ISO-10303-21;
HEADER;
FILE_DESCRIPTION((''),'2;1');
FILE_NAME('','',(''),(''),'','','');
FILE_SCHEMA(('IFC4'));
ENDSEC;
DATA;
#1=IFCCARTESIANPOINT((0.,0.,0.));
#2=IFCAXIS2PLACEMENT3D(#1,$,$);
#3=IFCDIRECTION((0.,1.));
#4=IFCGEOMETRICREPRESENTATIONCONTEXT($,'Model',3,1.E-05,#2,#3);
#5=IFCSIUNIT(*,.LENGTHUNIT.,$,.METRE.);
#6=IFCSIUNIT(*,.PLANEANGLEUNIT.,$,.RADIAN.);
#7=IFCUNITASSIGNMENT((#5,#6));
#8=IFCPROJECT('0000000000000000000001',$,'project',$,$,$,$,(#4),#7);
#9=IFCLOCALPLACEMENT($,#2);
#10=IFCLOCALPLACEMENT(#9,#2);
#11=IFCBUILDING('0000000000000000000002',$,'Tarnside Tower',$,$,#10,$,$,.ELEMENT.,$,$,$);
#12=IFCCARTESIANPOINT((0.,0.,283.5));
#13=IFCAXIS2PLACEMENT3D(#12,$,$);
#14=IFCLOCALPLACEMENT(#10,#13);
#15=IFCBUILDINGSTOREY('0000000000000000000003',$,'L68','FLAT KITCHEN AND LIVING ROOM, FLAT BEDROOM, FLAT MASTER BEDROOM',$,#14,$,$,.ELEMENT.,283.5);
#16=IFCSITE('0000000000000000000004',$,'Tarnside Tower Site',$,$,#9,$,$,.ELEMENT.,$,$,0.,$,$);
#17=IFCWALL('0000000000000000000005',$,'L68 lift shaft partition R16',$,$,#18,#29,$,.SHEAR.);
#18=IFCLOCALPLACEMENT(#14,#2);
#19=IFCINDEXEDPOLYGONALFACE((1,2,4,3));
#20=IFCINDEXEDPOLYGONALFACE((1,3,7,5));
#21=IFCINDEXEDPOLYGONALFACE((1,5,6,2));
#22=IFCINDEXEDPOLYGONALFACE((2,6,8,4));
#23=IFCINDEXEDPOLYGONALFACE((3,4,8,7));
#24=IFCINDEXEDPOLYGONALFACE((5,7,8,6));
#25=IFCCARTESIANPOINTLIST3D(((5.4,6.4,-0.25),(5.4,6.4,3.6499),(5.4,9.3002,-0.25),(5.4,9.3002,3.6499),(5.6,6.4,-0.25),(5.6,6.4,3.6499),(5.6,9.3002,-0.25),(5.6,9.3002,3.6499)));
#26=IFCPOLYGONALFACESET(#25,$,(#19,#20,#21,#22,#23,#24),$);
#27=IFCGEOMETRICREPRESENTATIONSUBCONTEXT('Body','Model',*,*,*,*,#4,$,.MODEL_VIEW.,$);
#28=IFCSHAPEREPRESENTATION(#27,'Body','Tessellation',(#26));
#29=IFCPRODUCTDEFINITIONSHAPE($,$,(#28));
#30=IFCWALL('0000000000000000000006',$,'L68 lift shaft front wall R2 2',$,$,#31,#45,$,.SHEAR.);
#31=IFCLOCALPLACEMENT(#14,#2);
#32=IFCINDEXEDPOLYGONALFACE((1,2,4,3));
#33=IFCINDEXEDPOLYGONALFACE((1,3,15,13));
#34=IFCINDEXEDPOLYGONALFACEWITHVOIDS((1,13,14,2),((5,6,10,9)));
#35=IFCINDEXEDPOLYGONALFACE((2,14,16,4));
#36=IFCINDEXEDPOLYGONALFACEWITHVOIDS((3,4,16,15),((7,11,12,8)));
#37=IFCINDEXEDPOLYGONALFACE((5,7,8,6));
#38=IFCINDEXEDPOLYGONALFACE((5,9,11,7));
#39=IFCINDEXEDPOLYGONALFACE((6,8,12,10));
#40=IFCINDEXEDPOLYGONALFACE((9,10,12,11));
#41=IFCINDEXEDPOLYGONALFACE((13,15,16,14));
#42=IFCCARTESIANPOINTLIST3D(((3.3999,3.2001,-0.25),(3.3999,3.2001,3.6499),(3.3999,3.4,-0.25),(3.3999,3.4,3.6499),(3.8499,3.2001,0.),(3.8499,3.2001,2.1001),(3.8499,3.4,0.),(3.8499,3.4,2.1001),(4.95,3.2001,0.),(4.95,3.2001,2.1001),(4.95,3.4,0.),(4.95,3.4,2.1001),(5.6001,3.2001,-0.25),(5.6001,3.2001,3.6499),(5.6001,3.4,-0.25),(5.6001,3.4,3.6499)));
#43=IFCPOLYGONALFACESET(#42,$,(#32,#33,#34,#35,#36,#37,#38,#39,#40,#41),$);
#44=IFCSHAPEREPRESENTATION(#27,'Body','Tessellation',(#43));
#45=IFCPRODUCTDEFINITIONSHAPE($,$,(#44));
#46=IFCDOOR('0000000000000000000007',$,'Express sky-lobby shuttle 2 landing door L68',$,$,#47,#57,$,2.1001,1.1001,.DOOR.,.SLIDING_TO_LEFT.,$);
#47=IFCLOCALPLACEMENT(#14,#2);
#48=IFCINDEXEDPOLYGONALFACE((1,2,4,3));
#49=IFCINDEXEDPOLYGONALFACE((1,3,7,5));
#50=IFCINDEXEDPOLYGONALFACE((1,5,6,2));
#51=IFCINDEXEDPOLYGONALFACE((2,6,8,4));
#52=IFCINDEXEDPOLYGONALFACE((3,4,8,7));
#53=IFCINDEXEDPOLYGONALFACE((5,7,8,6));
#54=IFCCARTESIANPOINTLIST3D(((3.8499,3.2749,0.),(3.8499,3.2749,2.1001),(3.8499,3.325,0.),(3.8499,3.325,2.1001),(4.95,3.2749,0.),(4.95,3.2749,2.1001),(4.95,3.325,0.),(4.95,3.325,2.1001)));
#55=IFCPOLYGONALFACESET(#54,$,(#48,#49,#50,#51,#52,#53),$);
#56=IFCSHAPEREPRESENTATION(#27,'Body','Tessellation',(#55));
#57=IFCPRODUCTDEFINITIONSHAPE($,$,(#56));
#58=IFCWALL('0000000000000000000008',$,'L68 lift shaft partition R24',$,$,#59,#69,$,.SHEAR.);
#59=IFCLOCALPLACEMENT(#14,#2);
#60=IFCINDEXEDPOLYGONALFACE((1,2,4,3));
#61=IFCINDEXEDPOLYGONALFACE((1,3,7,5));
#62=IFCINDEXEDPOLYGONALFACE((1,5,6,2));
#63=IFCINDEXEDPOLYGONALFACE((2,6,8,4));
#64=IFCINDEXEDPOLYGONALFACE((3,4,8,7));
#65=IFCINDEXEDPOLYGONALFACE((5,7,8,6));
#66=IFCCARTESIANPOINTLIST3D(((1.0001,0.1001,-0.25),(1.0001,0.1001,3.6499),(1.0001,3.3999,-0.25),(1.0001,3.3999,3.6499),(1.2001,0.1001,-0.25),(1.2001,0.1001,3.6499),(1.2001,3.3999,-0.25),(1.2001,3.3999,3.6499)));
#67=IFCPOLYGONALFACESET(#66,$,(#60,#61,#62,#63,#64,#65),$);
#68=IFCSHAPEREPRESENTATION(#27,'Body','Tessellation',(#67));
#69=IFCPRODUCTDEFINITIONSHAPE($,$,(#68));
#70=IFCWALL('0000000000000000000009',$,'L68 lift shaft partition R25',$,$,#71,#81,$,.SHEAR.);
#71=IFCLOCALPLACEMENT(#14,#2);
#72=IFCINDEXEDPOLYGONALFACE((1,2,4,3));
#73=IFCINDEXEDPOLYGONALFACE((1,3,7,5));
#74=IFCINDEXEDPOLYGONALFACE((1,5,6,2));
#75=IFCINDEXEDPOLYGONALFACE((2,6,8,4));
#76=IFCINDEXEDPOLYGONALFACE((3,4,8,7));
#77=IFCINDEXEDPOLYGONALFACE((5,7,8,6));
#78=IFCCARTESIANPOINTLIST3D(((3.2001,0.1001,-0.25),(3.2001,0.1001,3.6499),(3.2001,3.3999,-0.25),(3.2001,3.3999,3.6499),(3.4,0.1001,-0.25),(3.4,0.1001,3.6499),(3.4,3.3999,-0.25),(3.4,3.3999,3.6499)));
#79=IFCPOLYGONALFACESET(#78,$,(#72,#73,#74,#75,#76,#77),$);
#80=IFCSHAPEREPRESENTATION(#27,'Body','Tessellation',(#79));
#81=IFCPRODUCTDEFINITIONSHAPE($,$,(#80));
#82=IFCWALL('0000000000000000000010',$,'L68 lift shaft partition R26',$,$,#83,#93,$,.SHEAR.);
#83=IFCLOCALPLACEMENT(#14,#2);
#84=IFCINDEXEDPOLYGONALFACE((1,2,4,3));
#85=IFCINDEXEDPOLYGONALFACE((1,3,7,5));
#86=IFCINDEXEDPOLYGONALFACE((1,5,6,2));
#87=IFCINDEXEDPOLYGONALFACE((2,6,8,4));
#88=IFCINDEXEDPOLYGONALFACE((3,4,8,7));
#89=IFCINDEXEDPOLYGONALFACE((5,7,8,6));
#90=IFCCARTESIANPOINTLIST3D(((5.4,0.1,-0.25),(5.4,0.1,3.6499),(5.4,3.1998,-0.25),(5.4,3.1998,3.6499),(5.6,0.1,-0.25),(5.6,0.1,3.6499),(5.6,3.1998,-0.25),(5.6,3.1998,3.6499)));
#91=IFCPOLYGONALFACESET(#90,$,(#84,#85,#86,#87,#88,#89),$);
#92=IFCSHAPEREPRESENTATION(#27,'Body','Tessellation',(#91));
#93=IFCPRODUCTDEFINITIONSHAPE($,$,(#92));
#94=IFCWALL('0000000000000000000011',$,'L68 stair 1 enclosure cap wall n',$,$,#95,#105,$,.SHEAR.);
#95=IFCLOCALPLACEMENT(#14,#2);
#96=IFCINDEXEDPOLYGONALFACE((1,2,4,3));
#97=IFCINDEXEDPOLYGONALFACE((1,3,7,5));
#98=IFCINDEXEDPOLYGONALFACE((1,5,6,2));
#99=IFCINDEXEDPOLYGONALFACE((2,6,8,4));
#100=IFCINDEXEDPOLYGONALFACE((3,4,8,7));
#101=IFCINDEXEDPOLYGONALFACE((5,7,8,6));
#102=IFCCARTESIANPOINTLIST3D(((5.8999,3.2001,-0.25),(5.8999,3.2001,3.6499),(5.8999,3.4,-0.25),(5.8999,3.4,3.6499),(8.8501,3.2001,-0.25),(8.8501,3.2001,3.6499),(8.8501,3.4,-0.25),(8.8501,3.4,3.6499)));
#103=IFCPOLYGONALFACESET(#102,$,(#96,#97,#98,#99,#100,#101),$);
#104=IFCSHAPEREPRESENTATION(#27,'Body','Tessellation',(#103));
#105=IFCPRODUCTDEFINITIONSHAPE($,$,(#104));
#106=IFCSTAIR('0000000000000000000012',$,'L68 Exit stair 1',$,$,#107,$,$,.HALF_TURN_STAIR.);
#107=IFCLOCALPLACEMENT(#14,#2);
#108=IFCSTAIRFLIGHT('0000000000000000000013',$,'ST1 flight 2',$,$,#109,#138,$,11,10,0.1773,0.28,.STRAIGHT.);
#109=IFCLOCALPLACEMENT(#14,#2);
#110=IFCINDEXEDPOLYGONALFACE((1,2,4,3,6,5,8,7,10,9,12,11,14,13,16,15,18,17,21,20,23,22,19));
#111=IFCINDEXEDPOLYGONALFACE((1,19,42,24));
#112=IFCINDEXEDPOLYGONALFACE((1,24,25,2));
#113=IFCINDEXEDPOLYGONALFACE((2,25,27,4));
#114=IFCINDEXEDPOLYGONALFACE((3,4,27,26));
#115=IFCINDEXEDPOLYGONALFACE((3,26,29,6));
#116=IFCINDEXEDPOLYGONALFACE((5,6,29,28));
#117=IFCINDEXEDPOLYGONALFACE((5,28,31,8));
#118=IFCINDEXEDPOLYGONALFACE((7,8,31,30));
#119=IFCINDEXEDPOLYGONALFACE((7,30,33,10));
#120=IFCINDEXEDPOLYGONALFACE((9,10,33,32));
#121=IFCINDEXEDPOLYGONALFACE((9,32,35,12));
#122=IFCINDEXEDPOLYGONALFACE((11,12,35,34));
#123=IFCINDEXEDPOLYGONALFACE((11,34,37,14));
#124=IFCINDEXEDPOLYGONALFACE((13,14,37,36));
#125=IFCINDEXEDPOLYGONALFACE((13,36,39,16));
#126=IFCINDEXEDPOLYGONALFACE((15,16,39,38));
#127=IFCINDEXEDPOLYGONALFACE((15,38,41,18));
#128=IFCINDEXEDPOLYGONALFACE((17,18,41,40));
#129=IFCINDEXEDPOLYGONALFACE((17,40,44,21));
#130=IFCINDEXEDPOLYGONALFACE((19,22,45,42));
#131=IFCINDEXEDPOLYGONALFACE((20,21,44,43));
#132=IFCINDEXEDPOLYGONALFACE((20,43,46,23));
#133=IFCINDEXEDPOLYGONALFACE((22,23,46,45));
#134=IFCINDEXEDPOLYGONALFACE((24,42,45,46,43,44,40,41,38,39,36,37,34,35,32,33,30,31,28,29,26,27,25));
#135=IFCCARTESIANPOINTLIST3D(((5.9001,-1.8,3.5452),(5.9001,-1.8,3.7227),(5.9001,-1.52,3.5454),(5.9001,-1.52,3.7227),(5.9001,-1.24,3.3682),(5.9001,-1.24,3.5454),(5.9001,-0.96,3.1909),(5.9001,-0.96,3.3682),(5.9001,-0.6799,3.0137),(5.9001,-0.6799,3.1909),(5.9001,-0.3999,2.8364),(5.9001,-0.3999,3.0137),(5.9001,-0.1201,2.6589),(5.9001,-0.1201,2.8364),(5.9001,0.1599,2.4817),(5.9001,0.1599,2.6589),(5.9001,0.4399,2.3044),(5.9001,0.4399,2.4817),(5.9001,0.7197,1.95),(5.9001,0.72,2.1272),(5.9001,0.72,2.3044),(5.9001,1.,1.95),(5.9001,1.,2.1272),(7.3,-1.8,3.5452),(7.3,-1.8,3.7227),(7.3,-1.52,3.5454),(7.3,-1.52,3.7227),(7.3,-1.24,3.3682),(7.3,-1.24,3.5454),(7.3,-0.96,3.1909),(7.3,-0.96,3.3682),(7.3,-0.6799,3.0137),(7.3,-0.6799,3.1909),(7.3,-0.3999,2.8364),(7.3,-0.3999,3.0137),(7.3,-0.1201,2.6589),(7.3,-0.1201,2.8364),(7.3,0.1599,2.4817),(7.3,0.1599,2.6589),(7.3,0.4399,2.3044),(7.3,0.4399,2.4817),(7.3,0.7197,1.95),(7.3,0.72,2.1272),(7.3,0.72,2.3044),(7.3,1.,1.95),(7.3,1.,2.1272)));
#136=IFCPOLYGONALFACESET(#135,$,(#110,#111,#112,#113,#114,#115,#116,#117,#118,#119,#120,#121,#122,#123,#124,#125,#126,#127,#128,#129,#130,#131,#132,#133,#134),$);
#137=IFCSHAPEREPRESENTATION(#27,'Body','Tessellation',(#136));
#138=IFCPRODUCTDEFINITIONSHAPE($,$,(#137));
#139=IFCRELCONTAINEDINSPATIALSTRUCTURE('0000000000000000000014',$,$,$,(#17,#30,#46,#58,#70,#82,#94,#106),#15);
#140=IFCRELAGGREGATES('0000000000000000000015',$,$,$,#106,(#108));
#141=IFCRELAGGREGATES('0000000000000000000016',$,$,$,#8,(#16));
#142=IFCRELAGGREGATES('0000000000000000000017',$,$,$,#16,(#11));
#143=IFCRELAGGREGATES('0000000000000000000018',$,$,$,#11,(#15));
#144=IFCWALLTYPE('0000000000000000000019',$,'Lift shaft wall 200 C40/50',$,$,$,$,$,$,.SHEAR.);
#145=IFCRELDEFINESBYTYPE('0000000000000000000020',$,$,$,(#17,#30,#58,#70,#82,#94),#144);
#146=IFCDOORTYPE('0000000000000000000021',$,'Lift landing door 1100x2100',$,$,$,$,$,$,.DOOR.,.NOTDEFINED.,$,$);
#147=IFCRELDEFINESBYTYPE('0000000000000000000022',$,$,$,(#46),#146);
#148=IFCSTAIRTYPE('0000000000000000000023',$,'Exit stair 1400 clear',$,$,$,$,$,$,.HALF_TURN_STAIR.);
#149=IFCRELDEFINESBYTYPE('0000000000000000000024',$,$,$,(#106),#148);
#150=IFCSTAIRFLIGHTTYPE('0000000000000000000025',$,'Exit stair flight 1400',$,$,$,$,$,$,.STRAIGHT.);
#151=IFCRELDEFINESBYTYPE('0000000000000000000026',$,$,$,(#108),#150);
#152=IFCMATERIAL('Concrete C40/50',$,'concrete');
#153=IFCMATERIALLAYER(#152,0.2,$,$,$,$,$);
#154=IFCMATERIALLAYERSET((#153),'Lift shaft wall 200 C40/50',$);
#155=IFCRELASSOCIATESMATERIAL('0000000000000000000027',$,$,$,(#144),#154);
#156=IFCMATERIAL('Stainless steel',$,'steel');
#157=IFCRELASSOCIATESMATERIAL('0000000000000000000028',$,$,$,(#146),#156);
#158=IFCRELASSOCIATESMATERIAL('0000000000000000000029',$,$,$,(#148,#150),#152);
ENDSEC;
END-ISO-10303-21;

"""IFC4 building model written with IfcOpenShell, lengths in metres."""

from ifc_helpers import new_model, si_unit, direction, frame, frame_2d, origin, place, context, subcontext, project, spatial, polyline, rectangle, outline, extrude, material, layer, layer_set, type_object, element, fill, aggregate, save


model = new_model("IFC4")

# Units and contexts
model_context = context("Model", 3, precision=1e-05, world=origin(), true_north=direction((0.0, 1.0)))
body_context = subcontext(model_context, "Body", "Model", "MODEL_VIEW")
ifc_project = project(units=[si_unit("LENGTHUNIT", "METRE"), si_unit("PLANEANGLEUNIT", "RADIAN")], contexts=[model_context])

# Site, building, storey
site_placement = place(None, origin())
site = spatial("IfcSite", under=ifc_project, at=site_placement, Name="Tarnside Tower Site", CompositionType="ELEMENT", RefElevation=0.0)
building_placement = place(site_placement, origin())
building = spatial("IfcBuilding", under=site, at=building_placement, Name="Tarnside Tower", CompositionType="ELEMENT")
storey_placement = place(building_placement, frame((0.0, 0.0, 283.5)))
storey = spatial("IfcBuildingStorey", under=building, at=storey_placement, Name="L68", Description="FLAT KITCHEN AND LIVING ROOM, FLAT BEDROOM, FLAT MASTER BEDROOM", CompositionType="ELEMENT", Elevation=283.5)

# Shared definitions
ifc_material_1 = material(Name="Concrete C40/50", Category="concrete")

# Wall
ifc_layer_1 = layer(ifc_material_1, 0.2)
ifc_layer_set_1 = layer_set([ifc_layer_1], Name="Lift shaft wall 200 C40/50")
wall_type_1 = type_object("IfcWallType", Name="Lift shaft wall 200 C40/50", PredefinedType="SHEAR", material=ifc_layer_set_1)
for number, where, z_axis, x_axis, name in (
    (1, (5.5, 6.3999, -0.25), (0.0, 0.0, 1.0), (0.0, 1.0, 0.0), "L68 lift shaft partition R16"),
):
    element("IfcWall", number, at=place(storey_placement, frame(where, z_axis=z_axis, x_axis=x_axis)), inside=storey, type_object=wall_type_1, Name=name, PredefinedType="SHEAR", context=body_context, shape_type="SweptSolid", body=[
        extrude(rectangle(XDim=2.9001, YDim=0.2, at=frame_2d((1.4502, 0.0))), origin(), (0.0, 0.0, 1.0), 3.8999),
    ])

# Wall, opening, door
wall_1_placement = place(storey_placement, frame((3.3999, 3.3, -0.25), z_axis=(0.0, 0.0, 1.0), x_axis=(1.0, 0.0, 0.0)))
wall_1 = element("IfcWall", 2, at=wall_1_placement, inside=storey, type_object=wall_type_1, Name="L68 lift shaft front wall R2 2", PredefinedType="SHEAR", context=body_context, shape_type="SweptSolid", body=[
    extrude(rectangle(XDim=2.2002, YDim=0.2, at=frame_2d((1.1001, 0.0))), origin(), (0.0, 0.0, 1.0), 3.8999),
])
opening_1_placement = place(wall_1_placement, frame((0.45, 0.0, 0.25)))
opening_1 = element("IfcOpeningElement", 3, at=opening_1_placement, cuts=wall_1, PredefinedType="OPENING", context=body_context, shape_type="SweptSolid", body=[
    extrude(rectangle(XDim=1.1001, YDim=2.1001, at=frame_2d((0.55, 1.05))), frame((0.0, 0.1099, 0.0), z_axis=(0.0, -1.0, 0.0), x_axis=(1.0, 0.0, 0.0)), (0.0, 0.0, 1.0), 0.22),
])
ifc_material_2 = material(Name="Stainless steel", Category="steel")
door_type_1 = type_object("IfcDoorType", Name="Lift landing door 1100x2100", OperationType="NOTDEFINED", PredefinedType="DOOR", material=ifc_material_2)
door_1_placement = place(opening_1_placement, origin())
door_1 = element("IfcDoor", 4, at=door_1_placement, inside=storey, type_object=door_type_1, Name="Express sky-lobby shuttle 2 landing door L68", OperationType="SLIDING_TO_LEFT", OverallHeight=2.1001, OverallWidth=1.1001, PredefinedType="DOOR", context=body_context, shape_type="SweptSolid", body=[
    extrude(rectangle(XDim=1.1001, YDim=2.1001, at=frame_2d((0.55, 1.05))), frame((0.0, 0.0249, 0.0), z_axis=(0.0, -1.0, 0.0), x_axis=(1.0, 0.0, 0.0)), (0.0, 0.0, 1.0), 0.05),
])
fill(opening_1, door_1)

# Walls
for number, where, z_axis, x_axis, name in (
    (5, (1.1001, 0.1001, -0.25), (0.0, 0.0, 1.0), (0.0, 1.0, 0.0), "L68 lift shaft partition R24"),
    (6, (3.3, 0.1001, -0.25), (0.0, 0.0, 1.0), (0.0, 1.0, 0.0), "L68 lift shaft partition R25"),
):
    element("IfcWall", number, at=place(storey_placement, frame(where, z_axis=z_axis, x_axis=x_axis)), inside=storey, type_object=wall_type_1, Name=name, PredefinedType="SHEAR", context=body_context, shape_type="SweptSolid", body=[
        extrude(rectangle(XDim=3.2998, YDim=0.2, at=frame_2d((1.6499, 0.0))), origin(), (0.0, 0.0, 1.0), 3.8999),
    ])
wall_2_placement = place(storey_placement, frame((5.5, 0.1001, -0.25), z_axis=(0.0, 0.0, 1.0), x_axis=(0.0, 1.0, 0.0)))
element("IfcWall", 7, at=wall_2_placement, inside=storey, type_object=wall_type_1, Name="L68 lift shaft partition R26", PredefinedType="SHEAR", context=body_context, shape_type="SweptSolid", body=[
    extrude(rectangle(XDim=3.0999, YDim=0.2, at=frame_2d((1.5498, 0.0))), origin(), (0.0, 0.0, 1.0), 3.8999),
])
wall_3_placement = place(storey_placement, frame((5.8999, 3.3, -0.25), z_axis=(0.0, 0.0, 1.0), x_axis=(1.0, 0.0, 0.0)))
element("IfcWall", 8, at=wall_3_placement, inside=storey, type_object=wall_type_1, Name="L68 stair 1 enclosure cap wall n", PredefinedType="SHEAR", context=body_context, shape_type="SweptSolid", body=[
    extrude(rectangle(XDim=2.9502, YDim=0.2, at=frame_2d((1.4751, 0.0))), origin(), (0.0, 0.0, 1.0), 3.8999),
])

# Stair, stair flight
stair_type = type_object("IfcStairType", Name="Exit stair 1400 clear", PredefinedType="HALF_TURN_STAIR", material=ifc_material_1)
stair_placement = place(storey_placement, origin())
stair = element("IfcStair", 9, at=stair_placement, inside=storey, type_object=stair_type, Name="L68 Exit stair 1", PredefinedType="HALF_TURN_STAIR")
stair_flight_type = type_object("IfcStairFlightType", Name="Exit stair flight 1400", PredefinedType="STRAIGHT", material=ifc_material_1)
stair_flight_placement = place(storey_placement, frame((6.6001, 1.0, 1.95), z_axis=(0.0, 0.0, 1.0), x_axis=(0.0, -1.0, 0.0)))
stair_flight = element("IfcStairFlight", 10, at=stair_flight_placement, type_object=stair_flight_type, Name="ST1 flight 2", NumberOfRisers=11, NumberOfTreads=10, PredefinedType="STRAIGHT", RiserHeight=0.1773, TreadLength=0.28, context=body_context, shape_type="SweptSolid", body=[
    extrude(outline(polyline([(0.0, 0.0), (0.0, 0.1772), (0.28, 0.1772), (0.28, 0.3545), (0.5601, 0.3545), (0.5601, 0.5317), (0.8401, 0.5317), (0.8401, 0.709), (1.1201, 0.709), (1.1201, 0.8865), (1.3999, 0.8865), (1.3999, 1.0637), (1.6799, 1.0637), (1.6799, 1.241), (1.96, 1.241), (1.96, 1.4182), (2.24, 1.4182), (2.24, 1.5955), (2.52, 1.5955), (2.52, 1.7727), (2.8, 1.7727), (2.8, 1.95), (2.8, 1.5952), (0.2803, 0.0), (0.0, 0.0)])), frame((0.0, 0.7, 0.0), z_axis=(0.0, -1.0, 0.0), x_axis=(1.0, 0.0, 0.0)), (0.0, 0.0, 1.0), 1.3999),
])
aggregate(stair, [stair_flight])

save(model, "model.ifc")
